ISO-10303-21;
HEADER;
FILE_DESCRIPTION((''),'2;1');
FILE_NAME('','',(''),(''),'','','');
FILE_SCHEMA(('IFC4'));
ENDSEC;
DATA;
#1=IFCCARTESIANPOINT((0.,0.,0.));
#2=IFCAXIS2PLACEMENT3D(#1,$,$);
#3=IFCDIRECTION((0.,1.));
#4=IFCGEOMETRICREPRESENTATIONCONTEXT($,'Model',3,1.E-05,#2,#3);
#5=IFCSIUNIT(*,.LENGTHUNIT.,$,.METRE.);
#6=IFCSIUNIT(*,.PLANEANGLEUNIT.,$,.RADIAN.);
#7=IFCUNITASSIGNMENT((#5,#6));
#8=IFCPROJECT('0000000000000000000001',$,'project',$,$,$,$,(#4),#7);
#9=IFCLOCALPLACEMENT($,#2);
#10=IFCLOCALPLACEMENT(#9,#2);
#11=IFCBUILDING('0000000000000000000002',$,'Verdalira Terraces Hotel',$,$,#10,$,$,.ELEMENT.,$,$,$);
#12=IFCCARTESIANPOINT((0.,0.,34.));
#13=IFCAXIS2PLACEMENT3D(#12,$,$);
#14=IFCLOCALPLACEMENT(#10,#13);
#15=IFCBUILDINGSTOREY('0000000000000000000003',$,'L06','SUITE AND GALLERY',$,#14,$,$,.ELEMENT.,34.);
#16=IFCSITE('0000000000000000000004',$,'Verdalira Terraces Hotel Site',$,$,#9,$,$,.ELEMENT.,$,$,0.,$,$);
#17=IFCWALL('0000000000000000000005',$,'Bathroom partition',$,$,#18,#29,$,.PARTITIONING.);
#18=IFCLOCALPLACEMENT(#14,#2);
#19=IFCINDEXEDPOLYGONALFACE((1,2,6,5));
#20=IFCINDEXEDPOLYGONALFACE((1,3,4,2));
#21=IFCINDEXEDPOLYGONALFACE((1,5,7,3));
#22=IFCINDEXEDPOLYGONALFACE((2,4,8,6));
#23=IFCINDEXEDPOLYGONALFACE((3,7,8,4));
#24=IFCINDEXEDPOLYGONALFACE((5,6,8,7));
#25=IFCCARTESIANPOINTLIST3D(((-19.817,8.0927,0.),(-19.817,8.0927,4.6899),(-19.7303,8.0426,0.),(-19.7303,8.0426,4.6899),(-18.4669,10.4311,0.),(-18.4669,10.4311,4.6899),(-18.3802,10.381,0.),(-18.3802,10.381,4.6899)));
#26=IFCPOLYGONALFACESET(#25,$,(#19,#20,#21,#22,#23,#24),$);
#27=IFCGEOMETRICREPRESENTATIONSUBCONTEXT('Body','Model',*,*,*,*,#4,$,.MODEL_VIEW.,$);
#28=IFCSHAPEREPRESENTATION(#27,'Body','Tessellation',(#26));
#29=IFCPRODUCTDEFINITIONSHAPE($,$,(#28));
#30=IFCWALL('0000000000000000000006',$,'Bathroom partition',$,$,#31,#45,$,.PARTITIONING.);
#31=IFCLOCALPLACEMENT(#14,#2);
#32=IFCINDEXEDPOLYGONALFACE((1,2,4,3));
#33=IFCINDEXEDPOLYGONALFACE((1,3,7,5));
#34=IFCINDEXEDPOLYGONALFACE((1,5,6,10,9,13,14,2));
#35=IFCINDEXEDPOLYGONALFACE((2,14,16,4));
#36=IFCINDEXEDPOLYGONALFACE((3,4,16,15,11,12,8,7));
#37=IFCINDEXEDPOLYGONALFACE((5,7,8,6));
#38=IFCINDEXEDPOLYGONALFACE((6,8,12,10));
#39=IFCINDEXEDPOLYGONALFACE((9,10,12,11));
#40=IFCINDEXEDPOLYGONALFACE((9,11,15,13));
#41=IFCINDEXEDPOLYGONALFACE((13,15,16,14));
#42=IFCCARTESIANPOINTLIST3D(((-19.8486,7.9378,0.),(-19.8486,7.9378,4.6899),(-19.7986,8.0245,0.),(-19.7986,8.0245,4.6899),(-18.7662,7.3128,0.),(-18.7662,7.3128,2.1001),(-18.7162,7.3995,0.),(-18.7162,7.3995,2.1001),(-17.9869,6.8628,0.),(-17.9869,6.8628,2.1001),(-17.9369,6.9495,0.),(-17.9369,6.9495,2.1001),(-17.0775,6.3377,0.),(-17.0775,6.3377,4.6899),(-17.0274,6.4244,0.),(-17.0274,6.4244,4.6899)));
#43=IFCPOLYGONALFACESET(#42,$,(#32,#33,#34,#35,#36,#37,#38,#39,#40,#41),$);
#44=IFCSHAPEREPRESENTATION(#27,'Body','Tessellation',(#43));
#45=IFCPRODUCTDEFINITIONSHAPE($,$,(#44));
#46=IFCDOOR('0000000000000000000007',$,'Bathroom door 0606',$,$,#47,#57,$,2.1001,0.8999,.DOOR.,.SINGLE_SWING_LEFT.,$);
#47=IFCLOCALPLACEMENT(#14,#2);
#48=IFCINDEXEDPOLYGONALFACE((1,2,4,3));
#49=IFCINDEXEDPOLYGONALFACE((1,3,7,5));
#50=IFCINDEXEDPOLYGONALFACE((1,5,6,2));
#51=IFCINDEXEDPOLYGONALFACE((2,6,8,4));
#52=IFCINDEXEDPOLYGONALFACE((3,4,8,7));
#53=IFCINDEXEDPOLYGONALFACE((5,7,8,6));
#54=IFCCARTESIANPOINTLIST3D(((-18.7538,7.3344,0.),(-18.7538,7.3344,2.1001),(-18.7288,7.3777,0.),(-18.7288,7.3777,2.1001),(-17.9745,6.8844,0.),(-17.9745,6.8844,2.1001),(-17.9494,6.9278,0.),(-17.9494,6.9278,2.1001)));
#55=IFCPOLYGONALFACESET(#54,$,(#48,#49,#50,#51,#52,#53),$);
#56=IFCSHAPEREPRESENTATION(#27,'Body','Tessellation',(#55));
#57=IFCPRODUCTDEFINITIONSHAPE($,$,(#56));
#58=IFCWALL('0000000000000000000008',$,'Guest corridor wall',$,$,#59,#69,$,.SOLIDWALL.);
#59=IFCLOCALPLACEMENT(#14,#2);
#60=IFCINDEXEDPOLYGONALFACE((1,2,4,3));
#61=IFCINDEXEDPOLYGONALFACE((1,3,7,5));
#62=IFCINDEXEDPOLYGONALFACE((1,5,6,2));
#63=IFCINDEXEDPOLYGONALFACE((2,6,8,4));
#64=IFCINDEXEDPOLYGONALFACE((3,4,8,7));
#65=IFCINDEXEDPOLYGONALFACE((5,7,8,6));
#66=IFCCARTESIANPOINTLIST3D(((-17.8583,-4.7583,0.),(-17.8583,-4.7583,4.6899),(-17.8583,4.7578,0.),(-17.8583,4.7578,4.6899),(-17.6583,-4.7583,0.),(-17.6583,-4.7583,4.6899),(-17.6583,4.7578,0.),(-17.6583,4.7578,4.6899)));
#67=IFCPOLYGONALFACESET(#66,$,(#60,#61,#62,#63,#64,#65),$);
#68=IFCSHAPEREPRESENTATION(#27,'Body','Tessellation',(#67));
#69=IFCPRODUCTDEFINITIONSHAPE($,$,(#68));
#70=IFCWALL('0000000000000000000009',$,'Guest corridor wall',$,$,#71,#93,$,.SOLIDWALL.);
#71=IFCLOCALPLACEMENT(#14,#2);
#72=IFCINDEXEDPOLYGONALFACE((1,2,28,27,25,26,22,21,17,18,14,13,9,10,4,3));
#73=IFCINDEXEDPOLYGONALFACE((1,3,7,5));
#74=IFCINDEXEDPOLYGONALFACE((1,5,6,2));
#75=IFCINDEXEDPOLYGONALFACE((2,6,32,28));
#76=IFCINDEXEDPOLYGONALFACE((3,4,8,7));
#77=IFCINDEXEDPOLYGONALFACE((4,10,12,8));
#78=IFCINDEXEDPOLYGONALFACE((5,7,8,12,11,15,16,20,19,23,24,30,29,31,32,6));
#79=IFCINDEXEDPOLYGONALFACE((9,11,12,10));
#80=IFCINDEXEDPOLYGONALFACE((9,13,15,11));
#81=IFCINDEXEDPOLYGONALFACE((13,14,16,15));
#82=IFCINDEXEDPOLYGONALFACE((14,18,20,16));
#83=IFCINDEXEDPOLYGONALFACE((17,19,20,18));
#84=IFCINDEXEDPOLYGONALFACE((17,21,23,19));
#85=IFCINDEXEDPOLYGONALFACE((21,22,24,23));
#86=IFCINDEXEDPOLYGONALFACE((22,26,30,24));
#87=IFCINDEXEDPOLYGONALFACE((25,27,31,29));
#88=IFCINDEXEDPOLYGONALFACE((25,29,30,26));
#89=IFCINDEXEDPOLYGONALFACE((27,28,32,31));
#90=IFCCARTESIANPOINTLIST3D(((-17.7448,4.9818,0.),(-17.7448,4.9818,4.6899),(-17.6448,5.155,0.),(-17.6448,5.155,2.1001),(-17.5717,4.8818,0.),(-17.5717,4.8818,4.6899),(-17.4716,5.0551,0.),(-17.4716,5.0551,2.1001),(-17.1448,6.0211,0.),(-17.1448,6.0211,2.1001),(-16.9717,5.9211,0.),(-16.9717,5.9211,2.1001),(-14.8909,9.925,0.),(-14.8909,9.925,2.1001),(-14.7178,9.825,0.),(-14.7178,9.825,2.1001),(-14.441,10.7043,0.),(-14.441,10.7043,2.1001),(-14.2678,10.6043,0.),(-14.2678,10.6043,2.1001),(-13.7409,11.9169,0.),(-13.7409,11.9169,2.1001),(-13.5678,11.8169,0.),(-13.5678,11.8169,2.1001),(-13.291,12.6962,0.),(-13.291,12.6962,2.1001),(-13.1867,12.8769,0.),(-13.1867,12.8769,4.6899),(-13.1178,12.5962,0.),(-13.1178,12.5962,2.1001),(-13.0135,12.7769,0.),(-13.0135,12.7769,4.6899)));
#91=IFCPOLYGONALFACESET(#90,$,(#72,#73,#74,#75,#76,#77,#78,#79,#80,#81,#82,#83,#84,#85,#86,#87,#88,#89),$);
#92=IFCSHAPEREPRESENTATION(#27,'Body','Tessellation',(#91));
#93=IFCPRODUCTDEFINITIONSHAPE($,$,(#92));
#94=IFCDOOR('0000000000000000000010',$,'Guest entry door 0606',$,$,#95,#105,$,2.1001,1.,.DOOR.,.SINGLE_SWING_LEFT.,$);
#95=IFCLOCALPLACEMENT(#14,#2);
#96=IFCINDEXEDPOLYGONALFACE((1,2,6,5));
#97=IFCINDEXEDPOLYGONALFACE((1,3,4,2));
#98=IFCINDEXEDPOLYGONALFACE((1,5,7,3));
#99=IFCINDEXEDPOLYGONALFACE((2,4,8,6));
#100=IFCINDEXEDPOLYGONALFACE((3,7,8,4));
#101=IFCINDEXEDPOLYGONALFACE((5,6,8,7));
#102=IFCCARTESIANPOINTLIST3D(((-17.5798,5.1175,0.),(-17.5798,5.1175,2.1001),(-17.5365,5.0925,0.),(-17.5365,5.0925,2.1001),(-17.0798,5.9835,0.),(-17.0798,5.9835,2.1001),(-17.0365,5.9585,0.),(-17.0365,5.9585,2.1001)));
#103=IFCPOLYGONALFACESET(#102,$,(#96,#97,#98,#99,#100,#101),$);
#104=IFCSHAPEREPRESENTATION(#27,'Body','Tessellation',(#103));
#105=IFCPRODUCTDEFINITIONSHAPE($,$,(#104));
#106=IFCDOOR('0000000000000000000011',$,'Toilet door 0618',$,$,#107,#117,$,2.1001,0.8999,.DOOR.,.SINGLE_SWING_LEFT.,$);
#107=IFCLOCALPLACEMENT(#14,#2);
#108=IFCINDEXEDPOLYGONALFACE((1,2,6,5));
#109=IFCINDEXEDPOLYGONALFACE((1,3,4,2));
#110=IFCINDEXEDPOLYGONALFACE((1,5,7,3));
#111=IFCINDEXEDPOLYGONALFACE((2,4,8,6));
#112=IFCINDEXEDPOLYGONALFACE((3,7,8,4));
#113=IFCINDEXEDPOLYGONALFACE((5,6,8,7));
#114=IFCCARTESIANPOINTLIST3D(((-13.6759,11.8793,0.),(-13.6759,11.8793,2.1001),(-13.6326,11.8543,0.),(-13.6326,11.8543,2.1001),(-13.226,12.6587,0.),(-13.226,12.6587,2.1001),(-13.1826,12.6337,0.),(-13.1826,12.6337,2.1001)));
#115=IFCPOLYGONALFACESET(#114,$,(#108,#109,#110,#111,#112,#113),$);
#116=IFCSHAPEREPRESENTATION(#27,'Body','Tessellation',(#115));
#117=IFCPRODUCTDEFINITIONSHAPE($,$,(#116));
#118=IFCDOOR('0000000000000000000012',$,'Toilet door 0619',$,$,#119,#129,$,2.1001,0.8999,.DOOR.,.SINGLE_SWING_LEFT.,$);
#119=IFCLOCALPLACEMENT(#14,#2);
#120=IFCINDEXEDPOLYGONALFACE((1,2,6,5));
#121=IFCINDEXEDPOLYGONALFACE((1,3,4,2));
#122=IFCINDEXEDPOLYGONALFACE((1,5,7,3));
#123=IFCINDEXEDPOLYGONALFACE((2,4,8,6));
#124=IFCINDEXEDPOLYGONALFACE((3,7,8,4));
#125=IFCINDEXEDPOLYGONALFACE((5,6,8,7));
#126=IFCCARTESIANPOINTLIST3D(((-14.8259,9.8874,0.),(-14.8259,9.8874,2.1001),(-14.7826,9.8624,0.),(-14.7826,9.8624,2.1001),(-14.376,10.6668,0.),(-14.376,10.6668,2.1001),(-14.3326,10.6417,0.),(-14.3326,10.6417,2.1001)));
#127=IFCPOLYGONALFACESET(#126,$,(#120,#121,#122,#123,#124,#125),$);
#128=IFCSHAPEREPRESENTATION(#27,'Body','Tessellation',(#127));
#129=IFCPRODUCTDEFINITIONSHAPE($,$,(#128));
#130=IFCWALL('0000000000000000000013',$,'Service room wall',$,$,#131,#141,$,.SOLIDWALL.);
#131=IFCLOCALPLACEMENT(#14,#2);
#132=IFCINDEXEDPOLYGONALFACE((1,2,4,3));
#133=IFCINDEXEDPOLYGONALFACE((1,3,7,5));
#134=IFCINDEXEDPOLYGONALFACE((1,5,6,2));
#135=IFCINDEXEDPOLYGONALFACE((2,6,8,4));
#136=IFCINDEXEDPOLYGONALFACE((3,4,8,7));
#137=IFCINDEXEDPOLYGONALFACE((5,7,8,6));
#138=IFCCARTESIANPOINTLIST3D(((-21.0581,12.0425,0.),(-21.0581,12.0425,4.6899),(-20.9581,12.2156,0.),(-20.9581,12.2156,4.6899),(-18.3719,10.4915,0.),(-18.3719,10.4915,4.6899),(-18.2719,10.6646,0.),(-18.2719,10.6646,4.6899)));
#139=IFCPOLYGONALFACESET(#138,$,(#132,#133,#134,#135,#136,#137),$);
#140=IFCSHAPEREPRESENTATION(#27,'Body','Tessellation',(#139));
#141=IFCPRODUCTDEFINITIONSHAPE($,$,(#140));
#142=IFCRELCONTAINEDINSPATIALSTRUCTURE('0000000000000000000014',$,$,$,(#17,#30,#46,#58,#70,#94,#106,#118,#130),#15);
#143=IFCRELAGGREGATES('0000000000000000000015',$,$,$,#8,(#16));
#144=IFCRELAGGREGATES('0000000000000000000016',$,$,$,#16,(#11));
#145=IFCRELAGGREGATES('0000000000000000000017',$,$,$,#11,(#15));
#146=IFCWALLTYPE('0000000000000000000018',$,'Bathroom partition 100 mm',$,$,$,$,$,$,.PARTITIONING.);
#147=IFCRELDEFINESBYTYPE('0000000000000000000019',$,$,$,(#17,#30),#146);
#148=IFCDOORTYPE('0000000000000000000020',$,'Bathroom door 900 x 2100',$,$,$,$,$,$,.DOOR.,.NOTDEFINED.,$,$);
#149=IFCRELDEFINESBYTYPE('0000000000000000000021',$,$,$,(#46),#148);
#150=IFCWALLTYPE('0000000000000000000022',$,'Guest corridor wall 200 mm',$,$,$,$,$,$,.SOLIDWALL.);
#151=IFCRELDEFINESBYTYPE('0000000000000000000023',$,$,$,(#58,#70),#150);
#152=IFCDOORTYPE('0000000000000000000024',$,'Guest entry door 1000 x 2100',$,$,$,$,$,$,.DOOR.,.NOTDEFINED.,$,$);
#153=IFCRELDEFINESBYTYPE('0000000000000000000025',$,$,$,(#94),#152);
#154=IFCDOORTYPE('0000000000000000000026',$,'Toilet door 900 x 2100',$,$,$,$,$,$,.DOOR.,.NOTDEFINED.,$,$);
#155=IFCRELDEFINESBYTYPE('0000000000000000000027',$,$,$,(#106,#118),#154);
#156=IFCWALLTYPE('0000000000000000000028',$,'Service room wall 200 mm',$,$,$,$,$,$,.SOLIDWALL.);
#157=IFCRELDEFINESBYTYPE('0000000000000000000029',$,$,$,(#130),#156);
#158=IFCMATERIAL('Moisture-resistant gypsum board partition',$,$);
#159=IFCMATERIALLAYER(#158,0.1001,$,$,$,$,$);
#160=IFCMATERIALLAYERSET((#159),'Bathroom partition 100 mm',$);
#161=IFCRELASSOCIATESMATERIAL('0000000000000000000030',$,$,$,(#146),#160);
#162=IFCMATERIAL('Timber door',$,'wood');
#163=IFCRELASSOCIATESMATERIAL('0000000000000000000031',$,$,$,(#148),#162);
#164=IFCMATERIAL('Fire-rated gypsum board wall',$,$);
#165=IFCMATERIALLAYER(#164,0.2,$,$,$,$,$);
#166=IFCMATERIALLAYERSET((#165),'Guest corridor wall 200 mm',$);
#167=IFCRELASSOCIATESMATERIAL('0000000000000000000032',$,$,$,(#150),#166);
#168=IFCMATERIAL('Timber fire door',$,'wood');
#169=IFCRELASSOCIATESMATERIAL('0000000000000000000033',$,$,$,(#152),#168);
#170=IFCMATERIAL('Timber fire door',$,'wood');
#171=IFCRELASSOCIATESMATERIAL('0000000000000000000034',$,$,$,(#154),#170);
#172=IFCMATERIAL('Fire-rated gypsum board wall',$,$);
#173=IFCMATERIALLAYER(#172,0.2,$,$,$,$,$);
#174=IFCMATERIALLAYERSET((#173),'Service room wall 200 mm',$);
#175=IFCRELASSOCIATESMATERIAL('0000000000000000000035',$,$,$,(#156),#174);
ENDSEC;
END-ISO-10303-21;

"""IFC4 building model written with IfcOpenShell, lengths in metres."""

from ifc_helpers import new_model, si_unit, direction, frame, frame_2d, origin, place, context, subcontext, project, spatial, rectangle, extrude, material, layer, layer_set, type_object, element, fill, save


model = new_model("IFC4")

# Units and contexts
model_context = context("Model", 3, precision=1e-05, world=origin(), true_north=direction((0.0, 1.0)))
body_context = subcontext(model_context, "Body", "Model", "MODEL_VIEW")
ifc_project = project(units=[si_unit("LENGTHUNIT", "METRE"), si_unit("PLANEANGLEUNIT", "RADIAN")], contexts=[model_context])

# Site, building, storey
site_placement = place(None, origin())
site = spatial("IfcSite", under=ifc_project, at=site_placement, Name="Verdalira Terraces Hotel Site", CompositionType="ELEMENT", RefElevation=0.0)
building_placement = place(site_placement, origin())
building = spatial("IfcBuilding", under=site, at=building_placement, Name="Verdalira Terraces Hotel", CompositionType="ELEMENT")
storey_placement = place(building_placement, frame((0.0, 0.0, 34.0)))
storey = spatial("IfcBuildingStorey", under=building, at=storey_placement, Name="L06", Description="SUITE AND GALLERY", CompositionType="ELEMENT", Elevation=34.0)

# Wall
ifc_material_1 = material(Name="Moisture-resistant gypsum board partition")
ifc_layer_1 = layer(ifc_material_1, 0.1001)
ifc_layer_set_1 = layer_set([ifc_layer_1], Name="Bathroom partition 100 mm")
wall_type_1 = type_object("IfcWallType", Name="Bathroom partition 100 mm", PredefinedType="PARTITIONING", material=ifc_layer_set_1)
wall_1_placement = place(storey_placement, frame((-19.7737, 8.0676, 0.0), z_axis=(0.0, 0.0, 1.0), x_axis=(0.500009, 0.86602, 0.0)))
element("IfcWall", 1, at=wall_1_placement, inside=storey, type_object=wall_type_1, Name="Bathroom partition", PredefinedType="PARTITIONING", context=body_context, shape_type="SweptSolid", body=[
    extrude(rectangle(XDim=2.7002, YDim=0.1001, at=frame_2d((1.3501, 0.0))), origin(), (0.0, 0.0, 1.0), 4.6899),
])

# Wall, opening, door
wall_2_placement = place(storey_placement, frame((-19.8237, 7.9812, 0.0), z_axis=(0.0, 0.0, 1.0), x_axis=(0.866009, -0.500028, 0.0)))
wall_2 = element("IfcWall", 2, at=wall_2_placement, inside=storey, type_object=wall_type_1, Name="Bathroom partition", PredefinedType="PARTITIONING", context=body_context, shape_type="SweptSolid", body=[
    extrude(rectangle(XDim=3.2, YDim=0.1001, at=frame_2d((1.6001, 0.0))), origin(), (0.0, 0.0, 1.0), 4.6899),
])
opening_1_placement = place(wall_2_placement, frame((1.25, 0.0, 0.0)))
opening_1 = element("IfcOpeningElement", 3, at=opening_1_placement, cuts=wall_2, PredefinedType="OPENING", context=body_context, shape_type="SweptSolid", body=[
    extrude(rectangle(XDim=0.8999, YDim=2.1001, at=frame_2d((0.45, 1.05))), frame((0.0, 0.0601, 0.0), z_axis=(0.0, -1.0, 0.0), x_axis=(1.0, 0.0, 0.0)), (0.0, 0.0, 1.0), 0.1201),
])
ifc_material_2 = material(Name="Timber door", Category="wood")
door_type_1 = type_object("IfcDoorType", Name="Bathroom door 900 x 2100", OperationType="NOTDEFINED", PredefinedType="DOOR", material=ifc_material_2)
door_1_placement = place(opening_1_placement, origin())
door_1 = element("IfcDoor", 4, at=door_1_placement, inside=storey, type_object=door_type_1, Name="Bathroom door 0606", OperationType="SINGLE_SWING_LEFT", OverallHeight=2.1001, OverallWidth=0.8999, PredefinedType="DOOR", context=body_context, shape_type="SweptSolid", body=[
    extrude(rectangle(XDim=0.8999, YDim=2.1001, at=frame_2d((0.45, 1.05))), frame((0.0, 0.0249, 0.0), z_axis=(0.0, -1.0, 0.0), x_axis=(1.0, 0.0, 0.0)), (0.0, 0.0, 1.0), 0.05),
])
fill(opening_1, door_1)

# Wall
ifc_material_3 = material(Name="Fire-rated gypsum board wall")
ifc_layer_2 = layer(ifc_material_3, 0.2)
ifc_layer_set_2 = layer_set([ifc_layer_2], Name="Guest corridor wall 200 mm")
wall_type_2 = type_object("IfcWallType", Name="Guest corridor wall 200 mm", PredefinedType="SOLIDWALL", material=ifc_layer_set_2)
wall_3_placement = place(storey_placement, frame((-17.7583, 4.7578, 0.0), z_axis=(0.0, 0.0, 1.0), x_axis=(0.0, -1.0, 0.0)))
element("IfcWall", 5, at=wall_3_placement, inside=storey, type_object=wall_type_2, Name="Guest corridor wall", PredefinedType="SOLIDWALL", context=body_context, shape_type="SweptSolid", body=[
    extrude(rectangle(XDim=9.5161, YDim=0.2, at=frame_2d((4.7581, 0.0))), origin(), (0.0, 0.0, 1.0), 4.6899),
])

# Wall, openings, doors
wall_4_placement = place(storey_placement, frame((-17.6582, 4.9319, 0.0), z_axis=(0.0, 0.0, 1.0), x_axis=(0.499993, 0.866029, 0.0)))
wall_4 = element("IfcWall", 6, at=wall_4_placement, inside=storey, type_object=wall_type_2, Name="Guest corridor wall", PredefinedType="SOLIDWALL", context=body_context, shape_type="SweptSolid", body=[
    extrude(rectangle(XDim=9.1165, YDim=0.2, at=frame_2d((4.5581, 0.0))), origin(), (0.0, 0.0, 1.0), 4.6899),
])
opening_2_placement = place(wall_4_placement, frame((0.2, 0.0, 0.0)))
opening_2 = element("IfcOpeningElement", 7, at=opening_2_placement, cuts=wall_4, PredefinedType="OPENING", context=body_context, shape_type="SweptSolid", body=[
    extrude(rectangle(XDim=1.0, YDim=2.1001, at=frame_2d((0.5, 1.05))), frame((0.0, 0.1099, 0.0), z_axis=(0.0, -1.0, 0.0), x_axis=(1.0, 0.0, 0.0)), (0.0, 0.0, 1.0), 0.22),
])
opening_3_placement = place(wall_4_placement, frame((8.0078, 0.0, 0.0)))
opening_3 = element("IfcOpeningElement", 8, at=opening_3_placement, cuts=wall_4, PredefinedType="OPENING", context=body_context, shape_type="SweptSolid", body=[
    extrude(rectangle(XDim=0.8999, YDim=2.1001, at=frame_2d((0.45, 1.05))), frame((0.0, 0.1099, 0.0), z_axis=(0.0, -1.0, 0.0), x_axis=(1.0, 0.0, 0.0)), (0.0, 0.0, 1.0), 0.22),
])
opening_4_placement = place(wall_4_placement, frame((5.7078, 0.0, 0.0)))
opening_4 = element("IfcOpeningElement", 9, at=opening_4_placement, cuts=wall_4, PredefinedType="OPENING", context=body_context, shape_type="SweptSolid", body=[
    extrude(rectangle(XDim=0.8999, YDim=2.1001, at=frame_2d((0.45, 1.05))), frame((0.0, 0.1099, 0.0), z_axis=(0.0, -1.0, 0.0), x_axis=(1.0, 0.0, 0.0)), (0.0, 0.0, 1.0), 0.22),
])
ifc_material_4 = material(Name="Timber fire door", Category="wood")
door_type_2 = type_object("IfcDoorType", Name="Guest entry door 1000 x 2100", OperationType="NOTDEFINED", PredefinedType="DOOR", material=ifc_material_4)
door_2_placement = place(opening_2_placement, origin())
door_2 = element("IfcDoor", 10, at=door_2_placement, inside=storey, type_object=door_type_2, Name="Guest entry door 0606", OperationType="SINGLE_SWING_LEFT", OverallHeight=2.1001, OverallWidth=1.0, PredefinedType="DOOR", context=body_context, shape_type="SweptSolid", body=[
    extrude(rectangle(XDim=1.0, YDim=2.1001, at=frame_2d((0.5, 1.05))), frame((0.0, 0.0249, 0.0), z_axis=(0.0, -1.0, 0.0), x_axis=(1.0, 0.0, 0.0)), (0.0, 0.0, 1.0), 0.05),
])
fill(opening_2, door_2)
ifc_material_5 = material(Name="Timber fire door", Category="wood")
door_type_3 = type_object("IfcDoorType", Name="Toilet door 900 x 2100", OperationType="NOTDEFINED", PredefinedType="DOOR", material=ifc_material_5)
door_3_placement = place(opening_3_placement, origin())
door_3 = element("IfcDoor", 11, at=door_3_placement, inside=storey, type_object=door_type_3, Name="Toilet door 0618", OperationType="SINGLE_SWING_LEFT", OverallHeight=2.1001, OverallWidth=0.8999, PredefinedType="DOOR", context=body_context, shape_type="SweptSolid", body=[
    extrude(rectangle(XDim=0.8999, YDim=2.1001, at=frame_2d((0.45, 1.05))), frame((0.0, 0.0249, 0.0), z_axis=(0.0, -1.0, 0.0), x_axis=(1.0, 0.0, 0.0)), (0.0, 0.0, 1.0), 0.05),
])
fill(opening_3, door_3)
door_4_placement = place(opening_4_placement, origin())
door_4 = element("IfcDoor", 12, at=door_4_placement, inside=storey, type_object=door_type_3, Name="Toilet door 0619", OperationType="SINGLE_SWING_LEFT", OverallHeight=2.1001, OverallWidth=0.8999, PredefinedType="DOOR", context=body_context, shape_type="SweptSolid", body=[
    extrude(rectangle(XDim=0.8999, YDim=2.1001, at=frame_2d((0.45, 1.05))), frame((0.0, 0.0249, 0.0), z_axis=(0.0, -1.0, 0.0), x_axis=(1.0, 0.0, 0.0)), (0.0, 0.0, 1.0), 0.05),
])
fill(opening_4, door_4)

# Wall
ifc_material_6 = material(Name="Fire-rated gypsum board wall")
ifc_layer_3 = layer(ifc_material_6, 0.2)
ifc_layer_set_3 = layer_set([ifc_layer_3], Name="Service room wall 200 mm")
wall_type_3 = type_object("IfcWallType", Name="Service room wall 200 mm", PredefinedType="SOLIDWALL", material=ifc_layer_set_3)
wall_5_placement = place(storey_placement, frame((-18.322, 10.5781, 0.0), z_axis=(0.0, 0.0, 1.0), x_axis=(-0.866011, 0.500024, 0.0)))
element("IfcWall", 13, at=wall_5_placement, inside=storey, type_object=wall_type_3, Name="Service room wall", PredefinedType="SOLIDWALL", context=body_context, shape_type="SweptSolid", body=[
    extrude(rectangle(XDim=3.1018, YDim=0.2, at=frame_2d((1.5508, 0.0))), origin(), (0.0, 0.0, 1.0), 4.6899),
])

save(model, "model.ifc")
